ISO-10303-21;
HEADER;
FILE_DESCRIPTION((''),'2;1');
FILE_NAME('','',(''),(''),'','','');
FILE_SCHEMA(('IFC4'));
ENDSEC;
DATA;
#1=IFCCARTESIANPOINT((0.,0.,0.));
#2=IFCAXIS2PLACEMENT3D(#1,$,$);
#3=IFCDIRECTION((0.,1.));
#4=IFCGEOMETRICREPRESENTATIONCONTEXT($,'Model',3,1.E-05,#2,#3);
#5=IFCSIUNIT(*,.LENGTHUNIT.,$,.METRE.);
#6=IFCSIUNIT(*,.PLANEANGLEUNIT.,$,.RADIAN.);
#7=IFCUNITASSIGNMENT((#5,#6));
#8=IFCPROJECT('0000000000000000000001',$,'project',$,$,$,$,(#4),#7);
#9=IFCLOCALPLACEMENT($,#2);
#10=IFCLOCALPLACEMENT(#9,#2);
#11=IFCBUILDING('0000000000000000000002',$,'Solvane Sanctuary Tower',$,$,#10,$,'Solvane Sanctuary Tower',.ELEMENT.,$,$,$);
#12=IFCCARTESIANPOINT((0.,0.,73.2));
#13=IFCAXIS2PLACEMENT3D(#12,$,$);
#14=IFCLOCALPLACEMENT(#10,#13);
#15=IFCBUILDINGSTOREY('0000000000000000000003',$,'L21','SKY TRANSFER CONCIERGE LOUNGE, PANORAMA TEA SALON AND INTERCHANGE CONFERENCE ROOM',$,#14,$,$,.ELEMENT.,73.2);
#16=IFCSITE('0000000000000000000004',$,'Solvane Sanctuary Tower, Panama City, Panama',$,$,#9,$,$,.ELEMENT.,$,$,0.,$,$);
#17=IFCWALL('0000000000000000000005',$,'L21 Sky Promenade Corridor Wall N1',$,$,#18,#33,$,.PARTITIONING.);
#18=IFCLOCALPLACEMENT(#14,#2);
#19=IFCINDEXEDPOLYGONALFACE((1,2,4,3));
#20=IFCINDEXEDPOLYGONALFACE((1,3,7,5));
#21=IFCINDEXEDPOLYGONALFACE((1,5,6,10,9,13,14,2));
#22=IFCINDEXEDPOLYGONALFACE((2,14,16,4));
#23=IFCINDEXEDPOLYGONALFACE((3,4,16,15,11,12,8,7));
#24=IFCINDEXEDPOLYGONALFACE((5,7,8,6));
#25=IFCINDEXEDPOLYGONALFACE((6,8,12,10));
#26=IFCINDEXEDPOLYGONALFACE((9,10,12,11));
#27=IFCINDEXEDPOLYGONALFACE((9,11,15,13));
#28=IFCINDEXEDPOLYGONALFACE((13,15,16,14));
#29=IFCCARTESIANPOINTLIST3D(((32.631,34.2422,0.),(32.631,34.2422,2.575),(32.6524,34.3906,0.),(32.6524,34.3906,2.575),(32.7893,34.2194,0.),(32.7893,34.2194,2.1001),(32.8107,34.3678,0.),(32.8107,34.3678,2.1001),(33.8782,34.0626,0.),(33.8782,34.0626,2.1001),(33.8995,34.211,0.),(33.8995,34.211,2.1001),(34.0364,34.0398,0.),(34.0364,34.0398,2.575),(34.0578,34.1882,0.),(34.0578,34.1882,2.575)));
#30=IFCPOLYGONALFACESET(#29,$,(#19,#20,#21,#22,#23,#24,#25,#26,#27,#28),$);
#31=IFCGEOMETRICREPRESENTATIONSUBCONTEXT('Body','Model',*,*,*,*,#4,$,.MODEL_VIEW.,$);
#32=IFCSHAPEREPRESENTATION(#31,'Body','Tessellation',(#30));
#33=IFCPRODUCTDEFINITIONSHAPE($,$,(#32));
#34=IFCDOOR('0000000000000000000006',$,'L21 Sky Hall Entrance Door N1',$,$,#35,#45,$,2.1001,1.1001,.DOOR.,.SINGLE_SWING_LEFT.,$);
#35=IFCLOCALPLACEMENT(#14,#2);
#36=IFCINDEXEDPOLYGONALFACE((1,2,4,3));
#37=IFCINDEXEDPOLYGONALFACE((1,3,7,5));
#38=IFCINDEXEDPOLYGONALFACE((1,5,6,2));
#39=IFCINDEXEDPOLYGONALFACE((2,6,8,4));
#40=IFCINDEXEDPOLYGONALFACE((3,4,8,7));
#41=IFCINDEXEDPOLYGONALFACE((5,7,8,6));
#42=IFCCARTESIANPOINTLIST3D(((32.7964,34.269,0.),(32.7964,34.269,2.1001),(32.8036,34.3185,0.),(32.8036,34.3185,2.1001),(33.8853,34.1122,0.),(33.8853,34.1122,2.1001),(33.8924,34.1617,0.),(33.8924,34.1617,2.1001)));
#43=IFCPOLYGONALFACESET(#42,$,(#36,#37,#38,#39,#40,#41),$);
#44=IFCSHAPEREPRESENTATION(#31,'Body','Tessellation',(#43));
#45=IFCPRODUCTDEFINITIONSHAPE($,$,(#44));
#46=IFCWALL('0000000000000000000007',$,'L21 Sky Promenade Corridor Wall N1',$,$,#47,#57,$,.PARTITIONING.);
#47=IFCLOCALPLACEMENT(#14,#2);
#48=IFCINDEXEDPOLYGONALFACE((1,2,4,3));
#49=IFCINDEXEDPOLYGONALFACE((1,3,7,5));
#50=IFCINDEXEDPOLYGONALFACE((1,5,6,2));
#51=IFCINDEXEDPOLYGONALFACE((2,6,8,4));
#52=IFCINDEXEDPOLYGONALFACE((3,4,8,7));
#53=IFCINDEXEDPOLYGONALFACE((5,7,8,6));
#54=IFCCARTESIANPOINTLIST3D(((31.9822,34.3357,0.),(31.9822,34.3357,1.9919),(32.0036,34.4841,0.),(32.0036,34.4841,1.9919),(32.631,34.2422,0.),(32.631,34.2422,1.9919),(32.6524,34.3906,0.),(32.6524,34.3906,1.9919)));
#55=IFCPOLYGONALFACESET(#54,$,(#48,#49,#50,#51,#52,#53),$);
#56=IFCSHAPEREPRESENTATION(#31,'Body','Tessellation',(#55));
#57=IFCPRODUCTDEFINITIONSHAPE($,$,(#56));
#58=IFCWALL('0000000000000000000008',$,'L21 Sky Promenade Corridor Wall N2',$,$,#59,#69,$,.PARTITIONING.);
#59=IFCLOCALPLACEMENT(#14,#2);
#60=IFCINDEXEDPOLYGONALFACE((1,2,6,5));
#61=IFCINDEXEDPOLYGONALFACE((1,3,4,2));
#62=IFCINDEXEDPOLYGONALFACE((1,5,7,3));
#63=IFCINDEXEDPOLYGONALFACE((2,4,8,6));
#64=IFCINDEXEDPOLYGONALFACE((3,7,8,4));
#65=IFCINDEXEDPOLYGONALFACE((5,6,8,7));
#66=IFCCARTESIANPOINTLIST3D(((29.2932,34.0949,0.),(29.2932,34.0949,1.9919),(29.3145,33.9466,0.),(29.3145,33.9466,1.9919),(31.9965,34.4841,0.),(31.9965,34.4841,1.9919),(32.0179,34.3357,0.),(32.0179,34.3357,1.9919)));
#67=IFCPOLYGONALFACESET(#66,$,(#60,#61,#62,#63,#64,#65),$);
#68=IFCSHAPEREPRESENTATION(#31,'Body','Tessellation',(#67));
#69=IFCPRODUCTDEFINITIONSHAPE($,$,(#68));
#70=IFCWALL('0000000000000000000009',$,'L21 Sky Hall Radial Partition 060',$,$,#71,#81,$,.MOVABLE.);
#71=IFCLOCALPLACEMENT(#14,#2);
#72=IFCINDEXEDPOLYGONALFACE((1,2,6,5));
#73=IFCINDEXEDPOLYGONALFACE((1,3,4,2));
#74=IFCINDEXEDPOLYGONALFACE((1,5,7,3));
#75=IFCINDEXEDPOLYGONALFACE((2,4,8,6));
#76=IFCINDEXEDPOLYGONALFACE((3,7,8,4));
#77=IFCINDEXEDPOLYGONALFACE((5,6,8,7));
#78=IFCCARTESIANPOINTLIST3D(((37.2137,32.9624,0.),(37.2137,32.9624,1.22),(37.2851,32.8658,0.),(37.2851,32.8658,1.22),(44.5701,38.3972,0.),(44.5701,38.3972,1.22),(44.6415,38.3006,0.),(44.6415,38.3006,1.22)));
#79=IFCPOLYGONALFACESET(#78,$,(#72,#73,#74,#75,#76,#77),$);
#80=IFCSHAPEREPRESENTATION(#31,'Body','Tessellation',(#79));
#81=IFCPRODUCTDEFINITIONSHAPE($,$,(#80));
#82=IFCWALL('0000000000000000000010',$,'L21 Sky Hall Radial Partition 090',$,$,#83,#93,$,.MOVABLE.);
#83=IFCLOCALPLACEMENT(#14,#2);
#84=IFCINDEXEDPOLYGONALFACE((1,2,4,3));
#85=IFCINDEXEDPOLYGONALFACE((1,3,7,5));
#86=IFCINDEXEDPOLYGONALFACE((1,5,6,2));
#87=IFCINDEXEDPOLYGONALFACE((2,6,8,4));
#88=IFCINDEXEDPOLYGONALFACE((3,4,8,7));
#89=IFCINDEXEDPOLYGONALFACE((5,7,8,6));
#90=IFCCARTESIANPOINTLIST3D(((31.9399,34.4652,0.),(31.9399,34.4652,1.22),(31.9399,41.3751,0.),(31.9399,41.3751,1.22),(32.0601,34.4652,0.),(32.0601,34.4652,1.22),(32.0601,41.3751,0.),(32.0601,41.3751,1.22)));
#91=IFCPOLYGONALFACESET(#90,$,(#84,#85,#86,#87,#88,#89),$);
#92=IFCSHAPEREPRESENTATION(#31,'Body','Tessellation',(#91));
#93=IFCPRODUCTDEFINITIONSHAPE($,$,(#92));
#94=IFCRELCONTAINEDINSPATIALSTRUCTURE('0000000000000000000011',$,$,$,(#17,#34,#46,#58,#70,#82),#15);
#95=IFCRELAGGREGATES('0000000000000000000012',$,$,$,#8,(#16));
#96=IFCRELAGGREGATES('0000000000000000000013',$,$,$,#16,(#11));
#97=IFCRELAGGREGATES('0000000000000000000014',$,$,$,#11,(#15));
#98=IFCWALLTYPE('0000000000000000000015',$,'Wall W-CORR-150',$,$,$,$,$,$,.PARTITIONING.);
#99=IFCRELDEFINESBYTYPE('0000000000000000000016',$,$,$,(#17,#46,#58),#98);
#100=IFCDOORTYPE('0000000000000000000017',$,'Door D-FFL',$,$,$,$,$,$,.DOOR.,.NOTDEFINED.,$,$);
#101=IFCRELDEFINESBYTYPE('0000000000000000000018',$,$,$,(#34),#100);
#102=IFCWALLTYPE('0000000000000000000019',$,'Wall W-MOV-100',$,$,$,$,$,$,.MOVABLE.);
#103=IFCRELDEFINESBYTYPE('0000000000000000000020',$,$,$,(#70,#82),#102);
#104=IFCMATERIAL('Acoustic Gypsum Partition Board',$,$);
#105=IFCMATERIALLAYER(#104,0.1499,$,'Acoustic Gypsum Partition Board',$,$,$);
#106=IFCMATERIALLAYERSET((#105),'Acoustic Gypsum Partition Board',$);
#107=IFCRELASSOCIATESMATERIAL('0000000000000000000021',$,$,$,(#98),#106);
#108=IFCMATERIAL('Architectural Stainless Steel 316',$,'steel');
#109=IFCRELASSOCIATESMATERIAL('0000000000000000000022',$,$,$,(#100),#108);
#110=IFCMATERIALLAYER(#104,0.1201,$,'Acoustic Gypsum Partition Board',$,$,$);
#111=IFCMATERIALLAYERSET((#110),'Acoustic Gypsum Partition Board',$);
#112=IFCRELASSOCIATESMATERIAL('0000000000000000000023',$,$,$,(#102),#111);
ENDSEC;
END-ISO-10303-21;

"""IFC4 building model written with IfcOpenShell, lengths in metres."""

from ifc_helpers import new_model, si_unit, direction, frame, frame_2d, origin, place, context, subcontext, project, spatial, rectangle, extrude, material, layer, layer_set, type_object, element, fill, save


model = new_model("IFC4")

# Units and contexts
model_context = context("Model", 3, precision=1e-05, world=origin(), true_north=direction((0.0, 1.0)))
body_context = subcontext(model_context, "Body", "Model", "MODEL_VIEW")
ifc_project = project(units=[si_unit("LENGTHUNIT", "METRE"), si_unit("PLANEANGLEUNIT", "RADIAN")], contexts=[model_context])

# Site, building, storey
site_placement = place(None, origin())
site = spatial("IfcSite", under=ifc_project, at=site_placement, Name="Solvane Sanctuary Tower, Panama City, Panama", CompositionType="ELEMENT", RefElevation=0.0)
building_placement = place(site_placement, origin())
building = spatial("IfcBuilding", under=site, at=building_placement, Name="Solvane Sanctuary Tower", LongName="Solvane Sanctuary Tower", CompositionType="ELEMENT")
storey_placement = place(building_placement, frame((0.0, 0.0, 73.2)))
storey = spatial("IfcBuildingStorey", under=building, at=storey_placement, Name="L21", Description="SKY TRANSFER CONCIERGE LOUNGE, PANORAMA TEA SALON AND INTERCHANGE CONFERENCE ROOM", CompositionType="ELEMENT", Elevation=73.2)

# Shared definitions
ifc_material_1 = material(Name="Acoustic Gypsum Partition Board")
ifc_layer_1 = layer(ifc_material_1, 0.1499, Name="Acoustic Gypsum Partition Board")
ifc_layer_set_1 = layer_set([ifc_layer_1], Name="Acoustic Gypsum Partition Board")
wall_type_1 = type_object("IfcWallType", Name="Wall W-CORR-150", PredefinedType="PARTITIONING", material=ifc_layer_set_1)

# Wall, opening, door
wall_1_placement = place(storey_placement, frame((34.0471, 34.114, 0.0), z_axis=(0.0, 0.0, 1.0), x_axis=(-0.989791, 0.142528, 0.0)))
wall_1 = element("IfcWall", 1, at=wall_1_placement, inside=storey, type_object=wall_type_1, Name="L21 Sky Promenade Corridor Wall N1", PredefinedType="PARTITIONING", context=body_context, shape_type="SweptSolid", body=[
    extrude(rectangle(XDim=1.4199, YDim=0.1499, at=frame_2d((0.71, 0.0))), origin(), (0.0, 0.0, 1.0), 2.575),
])
opening_placement = place(wall_1_placement, frame((0.1599, 0.0, 0.0)))
opening = element("IfcOpeningElement", 2, at=opening_placement, cuts=wall_1, PredefinedType="OPENING", context=body_context, shape_type="SweptSolid", body=[
    extrude(rectangle(XDim=1.1001, YDim=2.1001, at=frame_2d((0.55, 1.05))), frame((0.0, 0.085, 0.0), z_axis=(0.0, -1.0, 0.0), x_axis=(1.0, 0.0, 0.0)), (0.0, 0.0, 1.0), 0.1699),
])
ifc_material_2 = material(Name="Architectural Stainless Steel 316", Category="steel")
door_type = type_object("IfcDoorType", Name="Door D-FFL", OperationType="NOTDEFINED", PredefinedType="DOOR", material=ifc_material_2)
door_placement = place(opening_placement, origin())
door = element("IfcDoor", 3, at=door_placement, inside=storey, type_object=door_type, Name="L21 Sky Hall Entrance Door N1", OperationType="SINGLE_SWING_LEFT", OverallHeight=2.1001, OverallWidth=1.1001, PredefinedType="DOOR", context=body_context, shape_type="SweptSolid", body=[
    extrude(rectangle(XDim=1.1001, YDim=2.1001, at=frame_2d((0.55, 1.05))), frame((0.0, 0.0249, 0.0), z_axis=(0.0, -1.0, 0.0), x_axis=(1.0, 0.0, 0.0)), (0.0, 0.0, 1.0), 0.05),
])
fill(opening, door)

# Walls
wall_2_placement = place(storey_placement, frame((32.6416, 34.3164, 0.0), z_axis=(0.0, 0.0, 1.0), x_axis=(-0.989777, 0.14262, 0.0)))
element("IfcWall", 4, at=wall_2_placement, inside=storey, type_object=wall_type_1, Name="L21 Sky Promenade Corridor Wall N1", PredefinedType="PARTITIONING", context=body_context, shape_type="SweptSolid", body=[
    extrude(rectangle(XDim=0.6555, YDim=0.1499, at=frame_2d((0.3276, 0.0))), origin(), (0.0, 0.0, 1.0), 1.9919),
])
wall_3_placement = place(storey_placement, frame((32.0073, 34.4099, 0.0), z_axis=(0.0, 0.0, 1.0), x_axis=(-0.989797, -0.142485, 0.0)))
element("IfcWall", 5, at=wall_3_placement, inside=storey, type_object=wall_type_1, Name="L21 Sky Promenade Corridor Wall N2", PredefinedType="PARTITIONING", context=body_context, shape_type="SweptSolid", body=[
    extrude(rectangle(XDim=2.7312, YDim=0.1499, at=frame_2d((1.3657, 0.0))), origin(), (0.0, 0.0, 1.0), 1.9919),
])
ifc_layer_2 = layer(ifc_material_1, 0.1201, Name="Acoustic Gypsum Partition Board")
ifc_layer_set_2 = layer_set([ifc_layer_2], Name="Acoustic Gypsum Partition Board")
wall_type_2 = type_object("IfcWallType", Name="Wall W-MOV-100", PredefinedType="MOVABLE", material=ifc_layer_set_2)
wall_4_placement = place(storey_placement, frame((37.2493, 32.9141, 0.0), z_axis=(0.0, 0.0, 1.0), x_axis=(0.80431, 0.59421, 0.0)))
element("IfcWall", 6, at=wall_4_placement, inside=storey, type_object=wall_type_2, Name="L21 Sky Hall Radial Partition 060", PredefinedType="MOVABLE", context=body_context, shape_type="SweptSolid", body=[
    extrude(rectangle(XDim=9.1462, YDim=0.1201, at=frame_2d((4.5732, 0.0))), origin(), (0.0, 0.0, 1.0), 1.22),
])
wall_5_placement = place(storey_placement, frame((32.0, 34.4651, 0.0), z_axis=(0.0, 0.0, 1.0), x_axis=(0.0, 1.0, 0.0)))
element("IfcWall", 7, at=wall_5_placement, inside=storey, type_object=wall_type_2, Name="L21 Sky Hall Radial Partition 090", PredefinedType="MOVABLE", context=body_context, shape_type="SweptSolid", body=[
    extrude(rectangle(XDim=6.9099, YDim=0.1201, at=frame_2d((3.4551, 0.0))), origin(), (0.0, 0.0, 1.0), 1.22),
])

save(model, "model.ifc")
